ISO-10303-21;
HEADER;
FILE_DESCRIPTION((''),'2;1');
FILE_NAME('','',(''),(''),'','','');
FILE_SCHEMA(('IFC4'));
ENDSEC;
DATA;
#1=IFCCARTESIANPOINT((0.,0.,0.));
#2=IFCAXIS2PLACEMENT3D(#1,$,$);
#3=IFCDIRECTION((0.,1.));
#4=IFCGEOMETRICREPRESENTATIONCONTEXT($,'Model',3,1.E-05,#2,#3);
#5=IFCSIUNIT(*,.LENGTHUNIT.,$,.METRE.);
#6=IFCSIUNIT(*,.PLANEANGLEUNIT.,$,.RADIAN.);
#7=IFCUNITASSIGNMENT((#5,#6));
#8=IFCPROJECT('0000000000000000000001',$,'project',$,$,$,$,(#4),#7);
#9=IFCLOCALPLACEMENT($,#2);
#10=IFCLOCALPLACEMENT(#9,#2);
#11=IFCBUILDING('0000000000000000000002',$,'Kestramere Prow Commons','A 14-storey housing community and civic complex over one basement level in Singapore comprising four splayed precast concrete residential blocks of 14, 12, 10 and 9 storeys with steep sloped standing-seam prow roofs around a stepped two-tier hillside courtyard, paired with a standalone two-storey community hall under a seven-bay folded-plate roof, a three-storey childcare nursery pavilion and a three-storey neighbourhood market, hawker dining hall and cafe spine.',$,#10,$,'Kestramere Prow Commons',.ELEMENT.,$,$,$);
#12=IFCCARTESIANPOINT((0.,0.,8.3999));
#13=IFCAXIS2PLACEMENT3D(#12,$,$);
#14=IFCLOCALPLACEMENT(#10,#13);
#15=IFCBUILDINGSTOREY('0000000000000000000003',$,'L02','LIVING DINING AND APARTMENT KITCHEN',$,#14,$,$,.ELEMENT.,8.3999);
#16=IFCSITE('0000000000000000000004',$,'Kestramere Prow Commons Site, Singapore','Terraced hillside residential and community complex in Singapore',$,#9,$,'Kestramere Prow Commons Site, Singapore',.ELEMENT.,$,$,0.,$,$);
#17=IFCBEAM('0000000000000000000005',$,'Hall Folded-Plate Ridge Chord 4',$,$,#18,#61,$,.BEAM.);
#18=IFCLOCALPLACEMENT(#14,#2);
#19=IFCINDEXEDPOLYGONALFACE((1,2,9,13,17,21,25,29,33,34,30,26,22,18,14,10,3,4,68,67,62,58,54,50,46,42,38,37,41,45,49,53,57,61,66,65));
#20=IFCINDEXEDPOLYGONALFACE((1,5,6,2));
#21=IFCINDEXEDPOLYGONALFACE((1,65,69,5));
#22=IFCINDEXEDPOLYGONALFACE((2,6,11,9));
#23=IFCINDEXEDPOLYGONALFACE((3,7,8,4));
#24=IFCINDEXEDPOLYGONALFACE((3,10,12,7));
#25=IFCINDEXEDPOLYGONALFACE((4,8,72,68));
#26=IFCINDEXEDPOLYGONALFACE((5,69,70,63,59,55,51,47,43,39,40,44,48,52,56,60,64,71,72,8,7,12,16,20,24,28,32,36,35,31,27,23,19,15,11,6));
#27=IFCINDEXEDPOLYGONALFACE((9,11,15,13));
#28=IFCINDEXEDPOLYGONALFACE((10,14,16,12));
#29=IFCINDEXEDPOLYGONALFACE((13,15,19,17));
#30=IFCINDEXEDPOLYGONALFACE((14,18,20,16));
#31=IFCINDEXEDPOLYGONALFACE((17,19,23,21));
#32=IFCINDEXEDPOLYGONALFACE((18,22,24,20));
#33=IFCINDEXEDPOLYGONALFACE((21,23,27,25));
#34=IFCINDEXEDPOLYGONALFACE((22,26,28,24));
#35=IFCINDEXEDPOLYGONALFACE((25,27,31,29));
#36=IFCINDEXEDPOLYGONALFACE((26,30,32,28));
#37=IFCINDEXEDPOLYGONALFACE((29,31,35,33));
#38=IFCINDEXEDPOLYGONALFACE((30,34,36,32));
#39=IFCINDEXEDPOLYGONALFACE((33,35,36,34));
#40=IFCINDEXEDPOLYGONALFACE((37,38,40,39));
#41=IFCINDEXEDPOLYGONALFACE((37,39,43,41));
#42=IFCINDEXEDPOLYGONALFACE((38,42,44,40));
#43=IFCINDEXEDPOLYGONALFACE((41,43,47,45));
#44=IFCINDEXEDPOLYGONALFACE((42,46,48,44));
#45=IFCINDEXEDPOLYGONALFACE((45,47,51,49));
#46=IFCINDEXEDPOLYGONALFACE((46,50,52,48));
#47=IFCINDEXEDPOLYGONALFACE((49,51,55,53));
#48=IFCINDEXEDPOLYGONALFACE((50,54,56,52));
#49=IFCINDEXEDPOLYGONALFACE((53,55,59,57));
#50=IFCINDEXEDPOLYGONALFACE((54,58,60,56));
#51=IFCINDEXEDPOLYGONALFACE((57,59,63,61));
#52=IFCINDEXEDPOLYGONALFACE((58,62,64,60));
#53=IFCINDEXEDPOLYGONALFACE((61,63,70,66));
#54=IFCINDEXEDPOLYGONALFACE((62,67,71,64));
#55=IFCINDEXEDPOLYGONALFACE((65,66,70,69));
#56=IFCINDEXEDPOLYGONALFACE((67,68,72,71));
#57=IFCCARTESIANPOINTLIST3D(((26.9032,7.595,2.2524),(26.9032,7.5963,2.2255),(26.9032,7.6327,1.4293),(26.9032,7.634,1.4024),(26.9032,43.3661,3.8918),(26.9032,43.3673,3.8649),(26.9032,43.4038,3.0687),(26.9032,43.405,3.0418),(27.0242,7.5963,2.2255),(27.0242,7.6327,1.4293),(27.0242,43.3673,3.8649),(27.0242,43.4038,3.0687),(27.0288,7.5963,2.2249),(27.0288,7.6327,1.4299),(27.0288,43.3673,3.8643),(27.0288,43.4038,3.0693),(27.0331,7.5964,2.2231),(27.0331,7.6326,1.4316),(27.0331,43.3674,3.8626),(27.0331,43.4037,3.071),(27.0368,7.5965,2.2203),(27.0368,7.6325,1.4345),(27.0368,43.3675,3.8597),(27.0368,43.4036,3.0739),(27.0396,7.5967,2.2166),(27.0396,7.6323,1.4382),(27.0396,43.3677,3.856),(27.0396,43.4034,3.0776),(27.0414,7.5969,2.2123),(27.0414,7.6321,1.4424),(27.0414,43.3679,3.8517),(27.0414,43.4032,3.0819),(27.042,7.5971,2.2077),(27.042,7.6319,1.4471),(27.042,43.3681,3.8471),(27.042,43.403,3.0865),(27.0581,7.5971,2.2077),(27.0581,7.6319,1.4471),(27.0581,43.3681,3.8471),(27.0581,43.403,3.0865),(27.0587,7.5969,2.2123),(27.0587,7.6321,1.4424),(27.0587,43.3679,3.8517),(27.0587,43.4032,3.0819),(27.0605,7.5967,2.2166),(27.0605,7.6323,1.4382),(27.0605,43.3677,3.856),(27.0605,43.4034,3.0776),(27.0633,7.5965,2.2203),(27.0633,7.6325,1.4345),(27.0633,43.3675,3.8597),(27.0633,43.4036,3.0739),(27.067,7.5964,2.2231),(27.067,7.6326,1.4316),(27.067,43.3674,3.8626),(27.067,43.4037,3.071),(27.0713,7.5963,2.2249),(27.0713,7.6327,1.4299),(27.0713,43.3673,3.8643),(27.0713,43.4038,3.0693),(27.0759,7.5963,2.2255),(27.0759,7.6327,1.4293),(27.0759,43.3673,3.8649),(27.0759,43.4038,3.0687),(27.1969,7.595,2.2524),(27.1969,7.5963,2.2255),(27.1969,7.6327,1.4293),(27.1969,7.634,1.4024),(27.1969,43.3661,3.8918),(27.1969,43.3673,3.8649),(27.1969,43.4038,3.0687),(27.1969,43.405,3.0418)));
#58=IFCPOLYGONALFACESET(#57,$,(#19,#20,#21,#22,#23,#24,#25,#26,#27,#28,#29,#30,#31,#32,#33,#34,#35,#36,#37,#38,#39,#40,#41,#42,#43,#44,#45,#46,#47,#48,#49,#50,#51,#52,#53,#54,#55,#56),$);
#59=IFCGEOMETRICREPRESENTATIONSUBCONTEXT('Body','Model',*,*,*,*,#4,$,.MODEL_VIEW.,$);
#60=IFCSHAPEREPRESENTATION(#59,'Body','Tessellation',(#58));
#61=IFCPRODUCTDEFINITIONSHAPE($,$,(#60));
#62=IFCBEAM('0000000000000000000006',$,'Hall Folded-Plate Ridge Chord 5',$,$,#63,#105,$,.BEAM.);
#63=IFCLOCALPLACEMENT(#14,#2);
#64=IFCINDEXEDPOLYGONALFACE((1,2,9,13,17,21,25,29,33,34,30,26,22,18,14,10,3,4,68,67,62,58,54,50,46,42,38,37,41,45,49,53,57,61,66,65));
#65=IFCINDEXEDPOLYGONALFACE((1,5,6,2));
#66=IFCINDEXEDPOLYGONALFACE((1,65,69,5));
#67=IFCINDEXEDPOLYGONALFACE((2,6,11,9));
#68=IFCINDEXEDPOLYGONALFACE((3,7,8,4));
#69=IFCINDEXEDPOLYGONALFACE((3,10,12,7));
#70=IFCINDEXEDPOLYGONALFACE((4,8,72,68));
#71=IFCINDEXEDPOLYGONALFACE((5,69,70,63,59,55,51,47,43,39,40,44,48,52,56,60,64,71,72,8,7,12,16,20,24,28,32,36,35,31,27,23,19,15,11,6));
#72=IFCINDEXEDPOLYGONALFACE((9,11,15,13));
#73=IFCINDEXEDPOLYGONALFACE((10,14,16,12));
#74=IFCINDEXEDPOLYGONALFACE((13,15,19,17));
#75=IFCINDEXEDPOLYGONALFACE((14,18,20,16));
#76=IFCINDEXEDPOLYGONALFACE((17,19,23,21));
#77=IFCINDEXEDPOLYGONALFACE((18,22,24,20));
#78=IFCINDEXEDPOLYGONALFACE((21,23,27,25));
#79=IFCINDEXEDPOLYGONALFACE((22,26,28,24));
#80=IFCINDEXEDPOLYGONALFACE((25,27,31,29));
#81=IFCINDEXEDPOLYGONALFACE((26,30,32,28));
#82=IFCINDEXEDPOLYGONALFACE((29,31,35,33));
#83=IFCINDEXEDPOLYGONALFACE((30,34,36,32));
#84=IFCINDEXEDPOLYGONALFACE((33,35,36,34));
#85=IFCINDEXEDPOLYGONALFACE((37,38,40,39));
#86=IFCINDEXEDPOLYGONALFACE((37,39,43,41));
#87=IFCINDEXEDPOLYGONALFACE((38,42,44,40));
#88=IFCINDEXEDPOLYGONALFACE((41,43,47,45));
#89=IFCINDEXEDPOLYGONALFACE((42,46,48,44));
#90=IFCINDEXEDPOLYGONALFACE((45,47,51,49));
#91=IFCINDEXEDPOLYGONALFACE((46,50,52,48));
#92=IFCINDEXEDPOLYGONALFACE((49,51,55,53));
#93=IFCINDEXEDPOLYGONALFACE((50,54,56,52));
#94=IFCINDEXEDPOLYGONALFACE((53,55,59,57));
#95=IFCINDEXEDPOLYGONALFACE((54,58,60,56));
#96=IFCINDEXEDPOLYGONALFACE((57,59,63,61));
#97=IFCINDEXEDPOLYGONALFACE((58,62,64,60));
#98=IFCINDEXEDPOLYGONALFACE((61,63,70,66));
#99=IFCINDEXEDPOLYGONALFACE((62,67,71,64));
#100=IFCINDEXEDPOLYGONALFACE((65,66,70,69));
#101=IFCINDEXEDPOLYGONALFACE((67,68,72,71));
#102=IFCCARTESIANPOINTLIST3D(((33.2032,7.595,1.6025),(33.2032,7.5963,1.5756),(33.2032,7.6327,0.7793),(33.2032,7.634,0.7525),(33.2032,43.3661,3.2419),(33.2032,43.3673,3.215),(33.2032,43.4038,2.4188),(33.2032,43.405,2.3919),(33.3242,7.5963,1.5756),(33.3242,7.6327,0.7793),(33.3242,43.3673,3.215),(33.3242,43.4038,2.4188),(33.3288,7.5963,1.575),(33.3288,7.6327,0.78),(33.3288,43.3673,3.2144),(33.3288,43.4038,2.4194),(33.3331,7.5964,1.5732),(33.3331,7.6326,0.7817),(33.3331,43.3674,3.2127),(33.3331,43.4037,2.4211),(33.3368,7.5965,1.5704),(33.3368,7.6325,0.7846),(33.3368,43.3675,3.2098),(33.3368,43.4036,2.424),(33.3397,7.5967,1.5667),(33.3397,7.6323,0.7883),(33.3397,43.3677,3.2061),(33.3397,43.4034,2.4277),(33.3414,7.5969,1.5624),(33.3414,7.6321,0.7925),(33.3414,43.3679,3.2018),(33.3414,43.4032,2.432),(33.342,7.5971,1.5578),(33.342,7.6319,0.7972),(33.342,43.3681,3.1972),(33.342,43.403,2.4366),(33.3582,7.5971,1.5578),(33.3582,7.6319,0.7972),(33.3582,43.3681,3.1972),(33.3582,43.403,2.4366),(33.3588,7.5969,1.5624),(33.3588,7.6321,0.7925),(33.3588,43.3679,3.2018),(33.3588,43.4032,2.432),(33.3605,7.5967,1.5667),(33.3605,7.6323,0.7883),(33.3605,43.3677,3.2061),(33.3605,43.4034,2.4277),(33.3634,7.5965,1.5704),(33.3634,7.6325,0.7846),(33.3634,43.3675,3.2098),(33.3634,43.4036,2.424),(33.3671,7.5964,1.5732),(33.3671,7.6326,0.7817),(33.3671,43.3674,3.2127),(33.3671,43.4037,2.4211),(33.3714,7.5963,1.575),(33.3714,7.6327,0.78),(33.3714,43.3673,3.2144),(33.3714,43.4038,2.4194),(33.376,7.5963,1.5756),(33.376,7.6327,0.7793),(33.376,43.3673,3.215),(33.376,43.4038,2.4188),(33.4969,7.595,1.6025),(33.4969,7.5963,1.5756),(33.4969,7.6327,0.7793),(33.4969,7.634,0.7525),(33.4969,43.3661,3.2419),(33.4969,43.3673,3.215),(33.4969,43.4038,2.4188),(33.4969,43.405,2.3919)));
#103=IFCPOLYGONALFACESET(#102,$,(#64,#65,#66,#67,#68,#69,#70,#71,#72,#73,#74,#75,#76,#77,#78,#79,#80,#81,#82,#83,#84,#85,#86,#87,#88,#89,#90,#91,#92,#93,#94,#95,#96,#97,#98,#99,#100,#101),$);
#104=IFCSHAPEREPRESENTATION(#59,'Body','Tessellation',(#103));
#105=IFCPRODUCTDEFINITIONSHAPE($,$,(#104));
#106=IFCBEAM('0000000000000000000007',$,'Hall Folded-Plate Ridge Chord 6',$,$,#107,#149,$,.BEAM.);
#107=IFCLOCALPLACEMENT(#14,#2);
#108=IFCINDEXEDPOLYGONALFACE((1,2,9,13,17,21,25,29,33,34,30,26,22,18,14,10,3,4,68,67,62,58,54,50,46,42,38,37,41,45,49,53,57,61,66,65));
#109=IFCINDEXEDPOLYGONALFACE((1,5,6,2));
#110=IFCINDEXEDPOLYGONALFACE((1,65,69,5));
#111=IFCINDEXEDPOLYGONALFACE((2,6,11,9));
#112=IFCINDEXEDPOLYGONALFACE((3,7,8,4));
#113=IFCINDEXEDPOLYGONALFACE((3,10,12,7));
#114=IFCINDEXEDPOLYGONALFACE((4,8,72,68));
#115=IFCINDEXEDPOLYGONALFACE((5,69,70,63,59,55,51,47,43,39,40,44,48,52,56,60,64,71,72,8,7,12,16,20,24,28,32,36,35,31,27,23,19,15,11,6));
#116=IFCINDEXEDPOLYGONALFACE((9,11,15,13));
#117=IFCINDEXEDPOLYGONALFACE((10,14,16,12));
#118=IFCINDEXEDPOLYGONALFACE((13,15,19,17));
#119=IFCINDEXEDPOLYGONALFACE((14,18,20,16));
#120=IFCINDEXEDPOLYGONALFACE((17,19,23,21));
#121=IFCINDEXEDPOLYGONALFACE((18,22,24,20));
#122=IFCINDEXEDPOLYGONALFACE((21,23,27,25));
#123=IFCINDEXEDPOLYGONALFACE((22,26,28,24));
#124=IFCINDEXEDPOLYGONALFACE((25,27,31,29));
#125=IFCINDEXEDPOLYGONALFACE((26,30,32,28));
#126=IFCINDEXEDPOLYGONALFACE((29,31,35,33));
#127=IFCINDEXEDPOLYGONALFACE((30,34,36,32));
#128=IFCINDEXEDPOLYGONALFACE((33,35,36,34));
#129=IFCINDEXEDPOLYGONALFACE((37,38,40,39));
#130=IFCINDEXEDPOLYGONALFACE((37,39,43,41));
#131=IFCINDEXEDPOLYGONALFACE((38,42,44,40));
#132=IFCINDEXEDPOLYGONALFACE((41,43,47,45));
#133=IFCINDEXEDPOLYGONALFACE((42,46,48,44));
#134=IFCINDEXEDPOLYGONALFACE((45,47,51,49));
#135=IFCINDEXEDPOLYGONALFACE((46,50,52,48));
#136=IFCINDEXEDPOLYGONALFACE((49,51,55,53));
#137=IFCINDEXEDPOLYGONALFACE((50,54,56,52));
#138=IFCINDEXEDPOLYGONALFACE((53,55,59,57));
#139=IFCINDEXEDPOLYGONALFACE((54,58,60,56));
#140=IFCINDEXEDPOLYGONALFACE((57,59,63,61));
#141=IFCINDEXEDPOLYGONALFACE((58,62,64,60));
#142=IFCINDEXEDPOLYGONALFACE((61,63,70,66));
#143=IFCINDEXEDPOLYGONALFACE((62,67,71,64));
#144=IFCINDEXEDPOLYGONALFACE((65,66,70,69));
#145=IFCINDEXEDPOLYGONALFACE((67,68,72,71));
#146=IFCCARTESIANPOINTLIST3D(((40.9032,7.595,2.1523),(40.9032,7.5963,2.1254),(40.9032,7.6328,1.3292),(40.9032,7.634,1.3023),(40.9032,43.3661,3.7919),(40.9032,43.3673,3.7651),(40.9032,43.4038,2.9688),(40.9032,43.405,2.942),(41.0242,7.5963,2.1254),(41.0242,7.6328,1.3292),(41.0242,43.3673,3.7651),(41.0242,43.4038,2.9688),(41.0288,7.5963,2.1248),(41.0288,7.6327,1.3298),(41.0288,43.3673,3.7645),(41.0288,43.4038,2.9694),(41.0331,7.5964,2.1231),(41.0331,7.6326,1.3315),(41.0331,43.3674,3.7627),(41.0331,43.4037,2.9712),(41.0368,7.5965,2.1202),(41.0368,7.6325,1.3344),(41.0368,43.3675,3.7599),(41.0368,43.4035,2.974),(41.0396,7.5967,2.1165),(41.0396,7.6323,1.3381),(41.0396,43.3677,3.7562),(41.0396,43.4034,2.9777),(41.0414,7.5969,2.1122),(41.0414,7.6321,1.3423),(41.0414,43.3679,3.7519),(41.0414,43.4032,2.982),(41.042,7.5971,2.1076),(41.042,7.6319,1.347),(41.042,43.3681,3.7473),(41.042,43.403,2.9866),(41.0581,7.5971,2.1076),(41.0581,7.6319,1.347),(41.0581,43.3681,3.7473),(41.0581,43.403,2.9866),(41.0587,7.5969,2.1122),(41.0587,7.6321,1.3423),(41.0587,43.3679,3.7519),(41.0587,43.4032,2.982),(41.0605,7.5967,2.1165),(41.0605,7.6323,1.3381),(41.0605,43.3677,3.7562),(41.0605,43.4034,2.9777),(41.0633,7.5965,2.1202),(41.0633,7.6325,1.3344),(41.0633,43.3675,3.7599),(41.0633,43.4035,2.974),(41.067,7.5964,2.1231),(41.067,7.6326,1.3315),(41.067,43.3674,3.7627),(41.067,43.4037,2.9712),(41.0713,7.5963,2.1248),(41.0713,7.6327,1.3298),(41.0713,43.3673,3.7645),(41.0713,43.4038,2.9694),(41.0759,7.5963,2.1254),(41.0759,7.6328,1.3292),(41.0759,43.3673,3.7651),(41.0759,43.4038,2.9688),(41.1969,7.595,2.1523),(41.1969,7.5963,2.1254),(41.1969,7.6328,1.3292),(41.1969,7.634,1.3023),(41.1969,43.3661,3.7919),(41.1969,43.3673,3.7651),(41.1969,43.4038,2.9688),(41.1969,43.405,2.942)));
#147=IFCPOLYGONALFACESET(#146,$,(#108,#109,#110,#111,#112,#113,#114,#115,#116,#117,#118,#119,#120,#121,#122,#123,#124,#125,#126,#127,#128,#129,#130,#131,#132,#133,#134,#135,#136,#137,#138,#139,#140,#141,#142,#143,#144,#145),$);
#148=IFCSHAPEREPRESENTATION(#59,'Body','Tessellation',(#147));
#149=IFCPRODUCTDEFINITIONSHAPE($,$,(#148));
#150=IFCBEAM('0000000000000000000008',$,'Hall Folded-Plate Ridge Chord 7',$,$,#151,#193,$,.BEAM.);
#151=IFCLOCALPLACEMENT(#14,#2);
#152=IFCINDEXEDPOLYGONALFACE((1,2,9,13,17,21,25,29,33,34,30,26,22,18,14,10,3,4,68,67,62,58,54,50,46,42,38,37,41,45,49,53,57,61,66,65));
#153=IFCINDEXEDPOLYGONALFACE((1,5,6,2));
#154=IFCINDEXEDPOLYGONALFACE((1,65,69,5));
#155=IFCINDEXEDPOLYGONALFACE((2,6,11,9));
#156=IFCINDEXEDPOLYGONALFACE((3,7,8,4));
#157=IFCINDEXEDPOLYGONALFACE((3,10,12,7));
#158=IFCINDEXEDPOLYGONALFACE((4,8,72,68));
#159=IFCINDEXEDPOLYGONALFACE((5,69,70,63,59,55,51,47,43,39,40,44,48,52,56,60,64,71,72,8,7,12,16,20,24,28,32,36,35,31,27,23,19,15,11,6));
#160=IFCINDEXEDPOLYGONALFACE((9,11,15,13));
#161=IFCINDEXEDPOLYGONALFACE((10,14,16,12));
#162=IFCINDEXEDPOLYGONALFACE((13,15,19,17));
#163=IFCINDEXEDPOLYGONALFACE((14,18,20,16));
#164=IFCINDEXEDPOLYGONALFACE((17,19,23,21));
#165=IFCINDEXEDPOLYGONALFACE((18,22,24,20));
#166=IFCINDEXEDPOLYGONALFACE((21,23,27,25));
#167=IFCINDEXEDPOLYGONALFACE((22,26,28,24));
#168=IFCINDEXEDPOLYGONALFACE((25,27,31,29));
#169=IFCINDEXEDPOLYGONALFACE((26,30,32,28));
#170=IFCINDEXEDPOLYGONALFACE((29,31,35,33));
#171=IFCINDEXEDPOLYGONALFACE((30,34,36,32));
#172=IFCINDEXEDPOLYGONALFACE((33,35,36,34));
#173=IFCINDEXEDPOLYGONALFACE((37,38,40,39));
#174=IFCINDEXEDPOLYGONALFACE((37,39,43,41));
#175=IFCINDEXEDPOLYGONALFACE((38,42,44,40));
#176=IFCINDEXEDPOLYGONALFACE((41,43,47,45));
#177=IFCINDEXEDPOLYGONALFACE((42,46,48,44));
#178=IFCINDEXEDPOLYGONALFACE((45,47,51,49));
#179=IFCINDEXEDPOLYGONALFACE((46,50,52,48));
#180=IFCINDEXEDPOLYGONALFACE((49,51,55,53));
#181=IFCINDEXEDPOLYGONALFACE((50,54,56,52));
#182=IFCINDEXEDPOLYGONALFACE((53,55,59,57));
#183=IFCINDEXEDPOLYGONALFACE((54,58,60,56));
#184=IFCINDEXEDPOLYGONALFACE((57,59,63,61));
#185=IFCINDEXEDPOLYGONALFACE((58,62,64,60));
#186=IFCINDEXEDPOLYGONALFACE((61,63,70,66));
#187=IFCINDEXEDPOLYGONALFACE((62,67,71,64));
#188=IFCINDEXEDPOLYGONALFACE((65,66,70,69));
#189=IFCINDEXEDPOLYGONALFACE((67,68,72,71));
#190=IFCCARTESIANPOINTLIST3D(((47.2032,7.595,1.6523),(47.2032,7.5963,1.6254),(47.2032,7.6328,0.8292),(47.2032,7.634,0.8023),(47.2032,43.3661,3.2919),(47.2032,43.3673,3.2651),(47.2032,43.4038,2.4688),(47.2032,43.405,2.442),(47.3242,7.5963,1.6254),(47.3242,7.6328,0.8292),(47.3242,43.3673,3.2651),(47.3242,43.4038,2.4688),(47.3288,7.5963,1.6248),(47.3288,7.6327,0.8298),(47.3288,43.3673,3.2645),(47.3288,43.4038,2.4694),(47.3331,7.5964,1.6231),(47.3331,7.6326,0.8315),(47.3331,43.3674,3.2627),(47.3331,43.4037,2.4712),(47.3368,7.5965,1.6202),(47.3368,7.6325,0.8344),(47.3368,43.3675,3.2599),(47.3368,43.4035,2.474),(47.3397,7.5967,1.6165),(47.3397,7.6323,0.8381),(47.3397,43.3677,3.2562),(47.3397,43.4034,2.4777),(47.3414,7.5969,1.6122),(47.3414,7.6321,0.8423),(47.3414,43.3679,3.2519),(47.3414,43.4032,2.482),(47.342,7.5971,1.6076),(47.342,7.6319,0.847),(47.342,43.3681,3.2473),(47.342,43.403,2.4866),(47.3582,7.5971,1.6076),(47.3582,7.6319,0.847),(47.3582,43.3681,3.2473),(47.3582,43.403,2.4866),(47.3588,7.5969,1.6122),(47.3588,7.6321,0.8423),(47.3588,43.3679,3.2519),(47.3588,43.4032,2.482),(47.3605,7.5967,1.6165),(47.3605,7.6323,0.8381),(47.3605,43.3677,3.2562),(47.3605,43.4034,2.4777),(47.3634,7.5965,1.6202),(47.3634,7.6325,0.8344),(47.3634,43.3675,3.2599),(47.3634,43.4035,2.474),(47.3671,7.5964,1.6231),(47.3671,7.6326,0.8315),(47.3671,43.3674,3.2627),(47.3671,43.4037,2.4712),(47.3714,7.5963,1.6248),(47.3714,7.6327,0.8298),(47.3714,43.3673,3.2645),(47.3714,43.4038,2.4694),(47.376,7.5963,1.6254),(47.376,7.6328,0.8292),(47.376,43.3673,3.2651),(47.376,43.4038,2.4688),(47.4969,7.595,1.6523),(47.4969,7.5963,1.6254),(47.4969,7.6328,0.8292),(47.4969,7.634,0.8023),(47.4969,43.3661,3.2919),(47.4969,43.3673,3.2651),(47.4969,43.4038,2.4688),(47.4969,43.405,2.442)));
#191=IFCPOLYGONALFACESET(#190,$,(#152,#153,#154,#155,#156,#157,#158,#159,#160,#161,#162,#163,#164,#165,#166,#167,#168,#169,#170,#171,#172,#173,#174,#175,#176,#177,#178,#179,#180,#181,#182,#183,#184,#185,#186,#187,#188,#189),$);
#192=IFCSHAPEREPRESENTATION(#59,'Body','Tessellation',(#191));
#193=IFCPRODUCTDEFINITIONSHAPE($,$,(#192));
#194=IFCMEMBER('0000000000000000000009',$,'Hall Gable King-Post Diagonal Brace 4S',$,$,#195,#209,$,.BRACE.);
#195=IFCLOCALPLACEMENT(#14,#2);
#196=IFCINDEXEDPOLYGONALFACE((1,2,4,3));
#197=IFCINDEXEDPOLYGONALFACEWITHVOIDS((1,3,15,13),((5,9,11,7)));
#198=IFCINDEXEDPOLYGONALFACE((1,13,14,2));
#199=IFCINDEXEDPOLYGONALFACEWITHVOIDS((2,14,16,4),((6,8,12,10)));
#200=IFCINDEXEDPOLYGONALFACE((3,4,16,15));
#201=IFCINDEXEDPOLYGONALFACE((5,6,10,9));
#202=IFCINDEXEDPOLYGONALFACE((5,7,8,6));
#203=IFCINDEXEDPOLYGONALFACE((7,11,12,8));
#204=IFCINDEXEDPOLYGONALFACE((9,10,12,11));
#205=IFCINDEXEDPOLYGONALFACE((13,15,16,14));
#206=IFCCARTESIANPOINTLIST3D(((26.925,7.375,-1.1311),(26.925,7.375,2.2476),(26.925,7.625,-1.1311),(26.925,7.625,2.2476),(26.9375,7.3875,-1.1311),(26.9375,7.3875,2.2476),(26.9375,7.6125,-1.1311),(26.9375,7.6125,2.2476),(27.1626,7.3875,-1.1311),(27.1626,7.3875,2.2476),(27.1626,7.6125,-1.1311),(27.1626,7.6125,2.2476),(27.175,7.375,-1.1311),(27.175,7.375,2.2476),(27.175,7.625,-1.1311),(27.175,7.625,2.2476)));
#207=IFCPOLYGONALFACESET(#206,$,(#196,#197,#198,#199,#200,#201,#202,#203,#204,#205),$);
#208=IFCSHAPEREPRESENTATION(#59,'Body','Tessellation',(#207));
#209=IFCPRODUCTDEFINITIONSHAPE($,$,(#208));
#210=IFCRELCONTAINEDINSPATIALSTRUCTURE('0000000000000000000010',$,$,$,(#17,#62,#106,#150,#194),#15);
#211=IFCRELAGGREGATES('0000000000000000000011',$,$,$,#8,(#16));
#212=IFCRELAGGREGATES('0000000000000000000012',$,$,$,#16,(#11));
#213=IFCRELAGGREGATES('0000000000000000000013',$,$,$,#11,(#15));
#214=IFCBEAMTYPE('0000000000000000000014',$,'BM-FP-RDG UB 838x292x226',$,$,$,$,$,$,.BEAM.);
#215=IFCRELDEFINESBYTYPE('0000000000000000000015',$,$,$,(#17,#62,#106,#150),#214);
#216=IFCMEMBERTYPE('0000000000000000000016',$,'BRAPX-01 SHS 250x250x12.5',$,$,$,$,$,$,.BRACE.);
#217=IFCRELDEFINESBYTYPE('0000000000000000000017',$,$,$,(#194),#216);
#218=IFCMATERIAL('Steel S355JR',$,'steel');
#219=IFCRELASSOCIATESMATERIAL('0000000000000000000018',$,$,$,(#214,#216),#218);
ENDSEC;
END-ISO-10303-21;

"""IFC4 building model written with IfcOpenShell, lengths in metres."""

from ifc_helpers import new_model, si_unit, direction, frame, origin, origin_2d, place, context, subcontext, project, spatial, hollow_rectangle, i_section, extrude, material, material_profile, profile_set, type_object, element, save


model = new_model("IFC4")

# Units and contexts
model_context = context("Model", 3, precision=1e-05, world=origin(), true_north=direction((0.0, 1.0)))
body_context = subcontext(model_context, "Body", "Model", "MODEL_VIEW")
ifc_project = project(units=[si_unit("LENGTHUNIT", "METRE"), si_unit("PLANEANGLEUNIT", "RADIAN")], contexts=[model_context])

# Site, building, storey
site_placement = place(None, origin())
site = spatial("IfcSite", under=ifc_project, at=site_placement, Name="Kestramere Prow Commons Site, Singapore", Description="Terraced hillside residential and community complex in Singapore", LongName="Kestramere Prow Commons Site, Singapore", CompositionType="ELEMENT", RefElevation=0.0)
building_placement = place(site_placement, origin())
building = spatial("IfcBuilding", under=site, at=building_placement, Name="Kestramere Prow Commons", Description="A 14-storey housing community and civic complex over one basement level in Singapore comprising four splayed precast concrete residential blocks of 14, 12, 10 and 9 storeys with steep sloped standing-seam prow roofs around a stepped two-tier hillside courtyard, paired with a standalone two-storey community hall under a seven-bay folded-plate roof, a three-storey childcare nursery pavilion and a three-storey neighbourhood market, hawker dining hall and cafe spine.", LongName="Kestramere Prow Commons", CompositionType="ELEMENT")
storey_placement = place(building_placement, frame((0.0, 0.0, 8.3999)))
storey = spatial("IfcBuildingStorey", under=building, at=storey_placement, Name="L02", Description="LIVING DINING AND APARTMENT KITCHEN", CompositionType="ELEMENT", Elevation=8.3999)

# Beams
ifc_material_1 = material(Name="Steel S355JR", Category="steel")
ifc_material_profile_1 = material_profile(ifc_material_1, i_section(OverallWidth=0.2937, OverallDepth=0.8508, WebThickness=0.0161, FlangeThickness=0.0269, FilletRadius=0.0178, at=origin_2d()), Name="UB 838x292x226")
ifc_profile_set_1 = profile_set([ifc_material_profile_1], Name="Steel S355JR")
beam_type_1 = type_object("IfcBeamType", Name="BM-FP-RDG UB 838x292x226", PredefinedType="BEAM", material=ifc_profile_set_1)
for number, where, z_axis, x_axis, name in (
    (1, (27.05, 7.6145, 1.8274), (0.0, 0.998951, 0.045782), (-1.0, 0.0, 0.0), "Hall Folded-Plate Ridge Chord 4"),
    (2, (33.3501, 7.6145, 1.1775), (0.0, 0.998951, 0.045782), (-1.0, 0.0, 0.0), "Hall Folded-Plate Ridge Chord 5"),
    (3, (41.05, 7.6145, 1.7273), (0.0, 0.998951, 0.045789), (-1.0, 0.0, 0.0), "Hall Folded-Plate Ridge Chord 6"),
    (4, (47.3501, 7.6145, 1.2273), (0.0, 0.998951, 0.045789), (-1.0, 0.0, 0.0), "Hall Folded-Plate Ridge Chord 7"),
):
    element("IfcBeam", number, at=place(storey_placement, frame(where, z_axis=z_axis, x_axis=x_axis)), inside=storey, type_object=beam_type_1, Name=name, PredefinedType="BEAM", context=body_context, shape_type="SweptSolid", body=[
        extrude(i_section(OverallWidth=0.2937, OverallDepth=0.8508, WebThickness=0.0161, FlangeThickness=0.0269, FilletRadius=0.0178, at=origin_2d()), origin(), (0.0, 0.0, 1.0), 35.8086),
    ])

# Member
ifc_material_profile_2 = material_profile(ifc_material_1, hollow_rectangle(XDim=0.25, YDim=0.25, WallThickness=0.0125, at=origin_2d()), Name="SHS 250x250x12.5")
ifc_profile_set_2 = profile_set([ifc_material_profile_2], Name="Steel S355JR")
member_type = type_object("IfcMemberType", Name="BRAPX-01 SHS 250x250x12.5", PredefinedType="BRACE", material=ifc_profile_set_2)
member_1_placement = place(storey_placement, frame((27.05, 7.5, -1.1311), z_axis=(0.0, 0.0, 1.0), x_axis=(1.0, 0.0, 0.0)))
element("IfcMember", 5, at=member_1_placement, inside=storey, type_object=member_type, Name="Hall Gable King-Post Diagonal Brace 4S", PredefinedType="BRACE", context=body_context, shape_type="SweptSolid", body=[
    extrude(hollow_rectangle(XDim=0.25, YDim=0.25, WallThickness=0.0125, at=origin_2d()), origin(), (0.0, 0.0, 1.0), 3.3787),
])

save(model, "model.ifc")
